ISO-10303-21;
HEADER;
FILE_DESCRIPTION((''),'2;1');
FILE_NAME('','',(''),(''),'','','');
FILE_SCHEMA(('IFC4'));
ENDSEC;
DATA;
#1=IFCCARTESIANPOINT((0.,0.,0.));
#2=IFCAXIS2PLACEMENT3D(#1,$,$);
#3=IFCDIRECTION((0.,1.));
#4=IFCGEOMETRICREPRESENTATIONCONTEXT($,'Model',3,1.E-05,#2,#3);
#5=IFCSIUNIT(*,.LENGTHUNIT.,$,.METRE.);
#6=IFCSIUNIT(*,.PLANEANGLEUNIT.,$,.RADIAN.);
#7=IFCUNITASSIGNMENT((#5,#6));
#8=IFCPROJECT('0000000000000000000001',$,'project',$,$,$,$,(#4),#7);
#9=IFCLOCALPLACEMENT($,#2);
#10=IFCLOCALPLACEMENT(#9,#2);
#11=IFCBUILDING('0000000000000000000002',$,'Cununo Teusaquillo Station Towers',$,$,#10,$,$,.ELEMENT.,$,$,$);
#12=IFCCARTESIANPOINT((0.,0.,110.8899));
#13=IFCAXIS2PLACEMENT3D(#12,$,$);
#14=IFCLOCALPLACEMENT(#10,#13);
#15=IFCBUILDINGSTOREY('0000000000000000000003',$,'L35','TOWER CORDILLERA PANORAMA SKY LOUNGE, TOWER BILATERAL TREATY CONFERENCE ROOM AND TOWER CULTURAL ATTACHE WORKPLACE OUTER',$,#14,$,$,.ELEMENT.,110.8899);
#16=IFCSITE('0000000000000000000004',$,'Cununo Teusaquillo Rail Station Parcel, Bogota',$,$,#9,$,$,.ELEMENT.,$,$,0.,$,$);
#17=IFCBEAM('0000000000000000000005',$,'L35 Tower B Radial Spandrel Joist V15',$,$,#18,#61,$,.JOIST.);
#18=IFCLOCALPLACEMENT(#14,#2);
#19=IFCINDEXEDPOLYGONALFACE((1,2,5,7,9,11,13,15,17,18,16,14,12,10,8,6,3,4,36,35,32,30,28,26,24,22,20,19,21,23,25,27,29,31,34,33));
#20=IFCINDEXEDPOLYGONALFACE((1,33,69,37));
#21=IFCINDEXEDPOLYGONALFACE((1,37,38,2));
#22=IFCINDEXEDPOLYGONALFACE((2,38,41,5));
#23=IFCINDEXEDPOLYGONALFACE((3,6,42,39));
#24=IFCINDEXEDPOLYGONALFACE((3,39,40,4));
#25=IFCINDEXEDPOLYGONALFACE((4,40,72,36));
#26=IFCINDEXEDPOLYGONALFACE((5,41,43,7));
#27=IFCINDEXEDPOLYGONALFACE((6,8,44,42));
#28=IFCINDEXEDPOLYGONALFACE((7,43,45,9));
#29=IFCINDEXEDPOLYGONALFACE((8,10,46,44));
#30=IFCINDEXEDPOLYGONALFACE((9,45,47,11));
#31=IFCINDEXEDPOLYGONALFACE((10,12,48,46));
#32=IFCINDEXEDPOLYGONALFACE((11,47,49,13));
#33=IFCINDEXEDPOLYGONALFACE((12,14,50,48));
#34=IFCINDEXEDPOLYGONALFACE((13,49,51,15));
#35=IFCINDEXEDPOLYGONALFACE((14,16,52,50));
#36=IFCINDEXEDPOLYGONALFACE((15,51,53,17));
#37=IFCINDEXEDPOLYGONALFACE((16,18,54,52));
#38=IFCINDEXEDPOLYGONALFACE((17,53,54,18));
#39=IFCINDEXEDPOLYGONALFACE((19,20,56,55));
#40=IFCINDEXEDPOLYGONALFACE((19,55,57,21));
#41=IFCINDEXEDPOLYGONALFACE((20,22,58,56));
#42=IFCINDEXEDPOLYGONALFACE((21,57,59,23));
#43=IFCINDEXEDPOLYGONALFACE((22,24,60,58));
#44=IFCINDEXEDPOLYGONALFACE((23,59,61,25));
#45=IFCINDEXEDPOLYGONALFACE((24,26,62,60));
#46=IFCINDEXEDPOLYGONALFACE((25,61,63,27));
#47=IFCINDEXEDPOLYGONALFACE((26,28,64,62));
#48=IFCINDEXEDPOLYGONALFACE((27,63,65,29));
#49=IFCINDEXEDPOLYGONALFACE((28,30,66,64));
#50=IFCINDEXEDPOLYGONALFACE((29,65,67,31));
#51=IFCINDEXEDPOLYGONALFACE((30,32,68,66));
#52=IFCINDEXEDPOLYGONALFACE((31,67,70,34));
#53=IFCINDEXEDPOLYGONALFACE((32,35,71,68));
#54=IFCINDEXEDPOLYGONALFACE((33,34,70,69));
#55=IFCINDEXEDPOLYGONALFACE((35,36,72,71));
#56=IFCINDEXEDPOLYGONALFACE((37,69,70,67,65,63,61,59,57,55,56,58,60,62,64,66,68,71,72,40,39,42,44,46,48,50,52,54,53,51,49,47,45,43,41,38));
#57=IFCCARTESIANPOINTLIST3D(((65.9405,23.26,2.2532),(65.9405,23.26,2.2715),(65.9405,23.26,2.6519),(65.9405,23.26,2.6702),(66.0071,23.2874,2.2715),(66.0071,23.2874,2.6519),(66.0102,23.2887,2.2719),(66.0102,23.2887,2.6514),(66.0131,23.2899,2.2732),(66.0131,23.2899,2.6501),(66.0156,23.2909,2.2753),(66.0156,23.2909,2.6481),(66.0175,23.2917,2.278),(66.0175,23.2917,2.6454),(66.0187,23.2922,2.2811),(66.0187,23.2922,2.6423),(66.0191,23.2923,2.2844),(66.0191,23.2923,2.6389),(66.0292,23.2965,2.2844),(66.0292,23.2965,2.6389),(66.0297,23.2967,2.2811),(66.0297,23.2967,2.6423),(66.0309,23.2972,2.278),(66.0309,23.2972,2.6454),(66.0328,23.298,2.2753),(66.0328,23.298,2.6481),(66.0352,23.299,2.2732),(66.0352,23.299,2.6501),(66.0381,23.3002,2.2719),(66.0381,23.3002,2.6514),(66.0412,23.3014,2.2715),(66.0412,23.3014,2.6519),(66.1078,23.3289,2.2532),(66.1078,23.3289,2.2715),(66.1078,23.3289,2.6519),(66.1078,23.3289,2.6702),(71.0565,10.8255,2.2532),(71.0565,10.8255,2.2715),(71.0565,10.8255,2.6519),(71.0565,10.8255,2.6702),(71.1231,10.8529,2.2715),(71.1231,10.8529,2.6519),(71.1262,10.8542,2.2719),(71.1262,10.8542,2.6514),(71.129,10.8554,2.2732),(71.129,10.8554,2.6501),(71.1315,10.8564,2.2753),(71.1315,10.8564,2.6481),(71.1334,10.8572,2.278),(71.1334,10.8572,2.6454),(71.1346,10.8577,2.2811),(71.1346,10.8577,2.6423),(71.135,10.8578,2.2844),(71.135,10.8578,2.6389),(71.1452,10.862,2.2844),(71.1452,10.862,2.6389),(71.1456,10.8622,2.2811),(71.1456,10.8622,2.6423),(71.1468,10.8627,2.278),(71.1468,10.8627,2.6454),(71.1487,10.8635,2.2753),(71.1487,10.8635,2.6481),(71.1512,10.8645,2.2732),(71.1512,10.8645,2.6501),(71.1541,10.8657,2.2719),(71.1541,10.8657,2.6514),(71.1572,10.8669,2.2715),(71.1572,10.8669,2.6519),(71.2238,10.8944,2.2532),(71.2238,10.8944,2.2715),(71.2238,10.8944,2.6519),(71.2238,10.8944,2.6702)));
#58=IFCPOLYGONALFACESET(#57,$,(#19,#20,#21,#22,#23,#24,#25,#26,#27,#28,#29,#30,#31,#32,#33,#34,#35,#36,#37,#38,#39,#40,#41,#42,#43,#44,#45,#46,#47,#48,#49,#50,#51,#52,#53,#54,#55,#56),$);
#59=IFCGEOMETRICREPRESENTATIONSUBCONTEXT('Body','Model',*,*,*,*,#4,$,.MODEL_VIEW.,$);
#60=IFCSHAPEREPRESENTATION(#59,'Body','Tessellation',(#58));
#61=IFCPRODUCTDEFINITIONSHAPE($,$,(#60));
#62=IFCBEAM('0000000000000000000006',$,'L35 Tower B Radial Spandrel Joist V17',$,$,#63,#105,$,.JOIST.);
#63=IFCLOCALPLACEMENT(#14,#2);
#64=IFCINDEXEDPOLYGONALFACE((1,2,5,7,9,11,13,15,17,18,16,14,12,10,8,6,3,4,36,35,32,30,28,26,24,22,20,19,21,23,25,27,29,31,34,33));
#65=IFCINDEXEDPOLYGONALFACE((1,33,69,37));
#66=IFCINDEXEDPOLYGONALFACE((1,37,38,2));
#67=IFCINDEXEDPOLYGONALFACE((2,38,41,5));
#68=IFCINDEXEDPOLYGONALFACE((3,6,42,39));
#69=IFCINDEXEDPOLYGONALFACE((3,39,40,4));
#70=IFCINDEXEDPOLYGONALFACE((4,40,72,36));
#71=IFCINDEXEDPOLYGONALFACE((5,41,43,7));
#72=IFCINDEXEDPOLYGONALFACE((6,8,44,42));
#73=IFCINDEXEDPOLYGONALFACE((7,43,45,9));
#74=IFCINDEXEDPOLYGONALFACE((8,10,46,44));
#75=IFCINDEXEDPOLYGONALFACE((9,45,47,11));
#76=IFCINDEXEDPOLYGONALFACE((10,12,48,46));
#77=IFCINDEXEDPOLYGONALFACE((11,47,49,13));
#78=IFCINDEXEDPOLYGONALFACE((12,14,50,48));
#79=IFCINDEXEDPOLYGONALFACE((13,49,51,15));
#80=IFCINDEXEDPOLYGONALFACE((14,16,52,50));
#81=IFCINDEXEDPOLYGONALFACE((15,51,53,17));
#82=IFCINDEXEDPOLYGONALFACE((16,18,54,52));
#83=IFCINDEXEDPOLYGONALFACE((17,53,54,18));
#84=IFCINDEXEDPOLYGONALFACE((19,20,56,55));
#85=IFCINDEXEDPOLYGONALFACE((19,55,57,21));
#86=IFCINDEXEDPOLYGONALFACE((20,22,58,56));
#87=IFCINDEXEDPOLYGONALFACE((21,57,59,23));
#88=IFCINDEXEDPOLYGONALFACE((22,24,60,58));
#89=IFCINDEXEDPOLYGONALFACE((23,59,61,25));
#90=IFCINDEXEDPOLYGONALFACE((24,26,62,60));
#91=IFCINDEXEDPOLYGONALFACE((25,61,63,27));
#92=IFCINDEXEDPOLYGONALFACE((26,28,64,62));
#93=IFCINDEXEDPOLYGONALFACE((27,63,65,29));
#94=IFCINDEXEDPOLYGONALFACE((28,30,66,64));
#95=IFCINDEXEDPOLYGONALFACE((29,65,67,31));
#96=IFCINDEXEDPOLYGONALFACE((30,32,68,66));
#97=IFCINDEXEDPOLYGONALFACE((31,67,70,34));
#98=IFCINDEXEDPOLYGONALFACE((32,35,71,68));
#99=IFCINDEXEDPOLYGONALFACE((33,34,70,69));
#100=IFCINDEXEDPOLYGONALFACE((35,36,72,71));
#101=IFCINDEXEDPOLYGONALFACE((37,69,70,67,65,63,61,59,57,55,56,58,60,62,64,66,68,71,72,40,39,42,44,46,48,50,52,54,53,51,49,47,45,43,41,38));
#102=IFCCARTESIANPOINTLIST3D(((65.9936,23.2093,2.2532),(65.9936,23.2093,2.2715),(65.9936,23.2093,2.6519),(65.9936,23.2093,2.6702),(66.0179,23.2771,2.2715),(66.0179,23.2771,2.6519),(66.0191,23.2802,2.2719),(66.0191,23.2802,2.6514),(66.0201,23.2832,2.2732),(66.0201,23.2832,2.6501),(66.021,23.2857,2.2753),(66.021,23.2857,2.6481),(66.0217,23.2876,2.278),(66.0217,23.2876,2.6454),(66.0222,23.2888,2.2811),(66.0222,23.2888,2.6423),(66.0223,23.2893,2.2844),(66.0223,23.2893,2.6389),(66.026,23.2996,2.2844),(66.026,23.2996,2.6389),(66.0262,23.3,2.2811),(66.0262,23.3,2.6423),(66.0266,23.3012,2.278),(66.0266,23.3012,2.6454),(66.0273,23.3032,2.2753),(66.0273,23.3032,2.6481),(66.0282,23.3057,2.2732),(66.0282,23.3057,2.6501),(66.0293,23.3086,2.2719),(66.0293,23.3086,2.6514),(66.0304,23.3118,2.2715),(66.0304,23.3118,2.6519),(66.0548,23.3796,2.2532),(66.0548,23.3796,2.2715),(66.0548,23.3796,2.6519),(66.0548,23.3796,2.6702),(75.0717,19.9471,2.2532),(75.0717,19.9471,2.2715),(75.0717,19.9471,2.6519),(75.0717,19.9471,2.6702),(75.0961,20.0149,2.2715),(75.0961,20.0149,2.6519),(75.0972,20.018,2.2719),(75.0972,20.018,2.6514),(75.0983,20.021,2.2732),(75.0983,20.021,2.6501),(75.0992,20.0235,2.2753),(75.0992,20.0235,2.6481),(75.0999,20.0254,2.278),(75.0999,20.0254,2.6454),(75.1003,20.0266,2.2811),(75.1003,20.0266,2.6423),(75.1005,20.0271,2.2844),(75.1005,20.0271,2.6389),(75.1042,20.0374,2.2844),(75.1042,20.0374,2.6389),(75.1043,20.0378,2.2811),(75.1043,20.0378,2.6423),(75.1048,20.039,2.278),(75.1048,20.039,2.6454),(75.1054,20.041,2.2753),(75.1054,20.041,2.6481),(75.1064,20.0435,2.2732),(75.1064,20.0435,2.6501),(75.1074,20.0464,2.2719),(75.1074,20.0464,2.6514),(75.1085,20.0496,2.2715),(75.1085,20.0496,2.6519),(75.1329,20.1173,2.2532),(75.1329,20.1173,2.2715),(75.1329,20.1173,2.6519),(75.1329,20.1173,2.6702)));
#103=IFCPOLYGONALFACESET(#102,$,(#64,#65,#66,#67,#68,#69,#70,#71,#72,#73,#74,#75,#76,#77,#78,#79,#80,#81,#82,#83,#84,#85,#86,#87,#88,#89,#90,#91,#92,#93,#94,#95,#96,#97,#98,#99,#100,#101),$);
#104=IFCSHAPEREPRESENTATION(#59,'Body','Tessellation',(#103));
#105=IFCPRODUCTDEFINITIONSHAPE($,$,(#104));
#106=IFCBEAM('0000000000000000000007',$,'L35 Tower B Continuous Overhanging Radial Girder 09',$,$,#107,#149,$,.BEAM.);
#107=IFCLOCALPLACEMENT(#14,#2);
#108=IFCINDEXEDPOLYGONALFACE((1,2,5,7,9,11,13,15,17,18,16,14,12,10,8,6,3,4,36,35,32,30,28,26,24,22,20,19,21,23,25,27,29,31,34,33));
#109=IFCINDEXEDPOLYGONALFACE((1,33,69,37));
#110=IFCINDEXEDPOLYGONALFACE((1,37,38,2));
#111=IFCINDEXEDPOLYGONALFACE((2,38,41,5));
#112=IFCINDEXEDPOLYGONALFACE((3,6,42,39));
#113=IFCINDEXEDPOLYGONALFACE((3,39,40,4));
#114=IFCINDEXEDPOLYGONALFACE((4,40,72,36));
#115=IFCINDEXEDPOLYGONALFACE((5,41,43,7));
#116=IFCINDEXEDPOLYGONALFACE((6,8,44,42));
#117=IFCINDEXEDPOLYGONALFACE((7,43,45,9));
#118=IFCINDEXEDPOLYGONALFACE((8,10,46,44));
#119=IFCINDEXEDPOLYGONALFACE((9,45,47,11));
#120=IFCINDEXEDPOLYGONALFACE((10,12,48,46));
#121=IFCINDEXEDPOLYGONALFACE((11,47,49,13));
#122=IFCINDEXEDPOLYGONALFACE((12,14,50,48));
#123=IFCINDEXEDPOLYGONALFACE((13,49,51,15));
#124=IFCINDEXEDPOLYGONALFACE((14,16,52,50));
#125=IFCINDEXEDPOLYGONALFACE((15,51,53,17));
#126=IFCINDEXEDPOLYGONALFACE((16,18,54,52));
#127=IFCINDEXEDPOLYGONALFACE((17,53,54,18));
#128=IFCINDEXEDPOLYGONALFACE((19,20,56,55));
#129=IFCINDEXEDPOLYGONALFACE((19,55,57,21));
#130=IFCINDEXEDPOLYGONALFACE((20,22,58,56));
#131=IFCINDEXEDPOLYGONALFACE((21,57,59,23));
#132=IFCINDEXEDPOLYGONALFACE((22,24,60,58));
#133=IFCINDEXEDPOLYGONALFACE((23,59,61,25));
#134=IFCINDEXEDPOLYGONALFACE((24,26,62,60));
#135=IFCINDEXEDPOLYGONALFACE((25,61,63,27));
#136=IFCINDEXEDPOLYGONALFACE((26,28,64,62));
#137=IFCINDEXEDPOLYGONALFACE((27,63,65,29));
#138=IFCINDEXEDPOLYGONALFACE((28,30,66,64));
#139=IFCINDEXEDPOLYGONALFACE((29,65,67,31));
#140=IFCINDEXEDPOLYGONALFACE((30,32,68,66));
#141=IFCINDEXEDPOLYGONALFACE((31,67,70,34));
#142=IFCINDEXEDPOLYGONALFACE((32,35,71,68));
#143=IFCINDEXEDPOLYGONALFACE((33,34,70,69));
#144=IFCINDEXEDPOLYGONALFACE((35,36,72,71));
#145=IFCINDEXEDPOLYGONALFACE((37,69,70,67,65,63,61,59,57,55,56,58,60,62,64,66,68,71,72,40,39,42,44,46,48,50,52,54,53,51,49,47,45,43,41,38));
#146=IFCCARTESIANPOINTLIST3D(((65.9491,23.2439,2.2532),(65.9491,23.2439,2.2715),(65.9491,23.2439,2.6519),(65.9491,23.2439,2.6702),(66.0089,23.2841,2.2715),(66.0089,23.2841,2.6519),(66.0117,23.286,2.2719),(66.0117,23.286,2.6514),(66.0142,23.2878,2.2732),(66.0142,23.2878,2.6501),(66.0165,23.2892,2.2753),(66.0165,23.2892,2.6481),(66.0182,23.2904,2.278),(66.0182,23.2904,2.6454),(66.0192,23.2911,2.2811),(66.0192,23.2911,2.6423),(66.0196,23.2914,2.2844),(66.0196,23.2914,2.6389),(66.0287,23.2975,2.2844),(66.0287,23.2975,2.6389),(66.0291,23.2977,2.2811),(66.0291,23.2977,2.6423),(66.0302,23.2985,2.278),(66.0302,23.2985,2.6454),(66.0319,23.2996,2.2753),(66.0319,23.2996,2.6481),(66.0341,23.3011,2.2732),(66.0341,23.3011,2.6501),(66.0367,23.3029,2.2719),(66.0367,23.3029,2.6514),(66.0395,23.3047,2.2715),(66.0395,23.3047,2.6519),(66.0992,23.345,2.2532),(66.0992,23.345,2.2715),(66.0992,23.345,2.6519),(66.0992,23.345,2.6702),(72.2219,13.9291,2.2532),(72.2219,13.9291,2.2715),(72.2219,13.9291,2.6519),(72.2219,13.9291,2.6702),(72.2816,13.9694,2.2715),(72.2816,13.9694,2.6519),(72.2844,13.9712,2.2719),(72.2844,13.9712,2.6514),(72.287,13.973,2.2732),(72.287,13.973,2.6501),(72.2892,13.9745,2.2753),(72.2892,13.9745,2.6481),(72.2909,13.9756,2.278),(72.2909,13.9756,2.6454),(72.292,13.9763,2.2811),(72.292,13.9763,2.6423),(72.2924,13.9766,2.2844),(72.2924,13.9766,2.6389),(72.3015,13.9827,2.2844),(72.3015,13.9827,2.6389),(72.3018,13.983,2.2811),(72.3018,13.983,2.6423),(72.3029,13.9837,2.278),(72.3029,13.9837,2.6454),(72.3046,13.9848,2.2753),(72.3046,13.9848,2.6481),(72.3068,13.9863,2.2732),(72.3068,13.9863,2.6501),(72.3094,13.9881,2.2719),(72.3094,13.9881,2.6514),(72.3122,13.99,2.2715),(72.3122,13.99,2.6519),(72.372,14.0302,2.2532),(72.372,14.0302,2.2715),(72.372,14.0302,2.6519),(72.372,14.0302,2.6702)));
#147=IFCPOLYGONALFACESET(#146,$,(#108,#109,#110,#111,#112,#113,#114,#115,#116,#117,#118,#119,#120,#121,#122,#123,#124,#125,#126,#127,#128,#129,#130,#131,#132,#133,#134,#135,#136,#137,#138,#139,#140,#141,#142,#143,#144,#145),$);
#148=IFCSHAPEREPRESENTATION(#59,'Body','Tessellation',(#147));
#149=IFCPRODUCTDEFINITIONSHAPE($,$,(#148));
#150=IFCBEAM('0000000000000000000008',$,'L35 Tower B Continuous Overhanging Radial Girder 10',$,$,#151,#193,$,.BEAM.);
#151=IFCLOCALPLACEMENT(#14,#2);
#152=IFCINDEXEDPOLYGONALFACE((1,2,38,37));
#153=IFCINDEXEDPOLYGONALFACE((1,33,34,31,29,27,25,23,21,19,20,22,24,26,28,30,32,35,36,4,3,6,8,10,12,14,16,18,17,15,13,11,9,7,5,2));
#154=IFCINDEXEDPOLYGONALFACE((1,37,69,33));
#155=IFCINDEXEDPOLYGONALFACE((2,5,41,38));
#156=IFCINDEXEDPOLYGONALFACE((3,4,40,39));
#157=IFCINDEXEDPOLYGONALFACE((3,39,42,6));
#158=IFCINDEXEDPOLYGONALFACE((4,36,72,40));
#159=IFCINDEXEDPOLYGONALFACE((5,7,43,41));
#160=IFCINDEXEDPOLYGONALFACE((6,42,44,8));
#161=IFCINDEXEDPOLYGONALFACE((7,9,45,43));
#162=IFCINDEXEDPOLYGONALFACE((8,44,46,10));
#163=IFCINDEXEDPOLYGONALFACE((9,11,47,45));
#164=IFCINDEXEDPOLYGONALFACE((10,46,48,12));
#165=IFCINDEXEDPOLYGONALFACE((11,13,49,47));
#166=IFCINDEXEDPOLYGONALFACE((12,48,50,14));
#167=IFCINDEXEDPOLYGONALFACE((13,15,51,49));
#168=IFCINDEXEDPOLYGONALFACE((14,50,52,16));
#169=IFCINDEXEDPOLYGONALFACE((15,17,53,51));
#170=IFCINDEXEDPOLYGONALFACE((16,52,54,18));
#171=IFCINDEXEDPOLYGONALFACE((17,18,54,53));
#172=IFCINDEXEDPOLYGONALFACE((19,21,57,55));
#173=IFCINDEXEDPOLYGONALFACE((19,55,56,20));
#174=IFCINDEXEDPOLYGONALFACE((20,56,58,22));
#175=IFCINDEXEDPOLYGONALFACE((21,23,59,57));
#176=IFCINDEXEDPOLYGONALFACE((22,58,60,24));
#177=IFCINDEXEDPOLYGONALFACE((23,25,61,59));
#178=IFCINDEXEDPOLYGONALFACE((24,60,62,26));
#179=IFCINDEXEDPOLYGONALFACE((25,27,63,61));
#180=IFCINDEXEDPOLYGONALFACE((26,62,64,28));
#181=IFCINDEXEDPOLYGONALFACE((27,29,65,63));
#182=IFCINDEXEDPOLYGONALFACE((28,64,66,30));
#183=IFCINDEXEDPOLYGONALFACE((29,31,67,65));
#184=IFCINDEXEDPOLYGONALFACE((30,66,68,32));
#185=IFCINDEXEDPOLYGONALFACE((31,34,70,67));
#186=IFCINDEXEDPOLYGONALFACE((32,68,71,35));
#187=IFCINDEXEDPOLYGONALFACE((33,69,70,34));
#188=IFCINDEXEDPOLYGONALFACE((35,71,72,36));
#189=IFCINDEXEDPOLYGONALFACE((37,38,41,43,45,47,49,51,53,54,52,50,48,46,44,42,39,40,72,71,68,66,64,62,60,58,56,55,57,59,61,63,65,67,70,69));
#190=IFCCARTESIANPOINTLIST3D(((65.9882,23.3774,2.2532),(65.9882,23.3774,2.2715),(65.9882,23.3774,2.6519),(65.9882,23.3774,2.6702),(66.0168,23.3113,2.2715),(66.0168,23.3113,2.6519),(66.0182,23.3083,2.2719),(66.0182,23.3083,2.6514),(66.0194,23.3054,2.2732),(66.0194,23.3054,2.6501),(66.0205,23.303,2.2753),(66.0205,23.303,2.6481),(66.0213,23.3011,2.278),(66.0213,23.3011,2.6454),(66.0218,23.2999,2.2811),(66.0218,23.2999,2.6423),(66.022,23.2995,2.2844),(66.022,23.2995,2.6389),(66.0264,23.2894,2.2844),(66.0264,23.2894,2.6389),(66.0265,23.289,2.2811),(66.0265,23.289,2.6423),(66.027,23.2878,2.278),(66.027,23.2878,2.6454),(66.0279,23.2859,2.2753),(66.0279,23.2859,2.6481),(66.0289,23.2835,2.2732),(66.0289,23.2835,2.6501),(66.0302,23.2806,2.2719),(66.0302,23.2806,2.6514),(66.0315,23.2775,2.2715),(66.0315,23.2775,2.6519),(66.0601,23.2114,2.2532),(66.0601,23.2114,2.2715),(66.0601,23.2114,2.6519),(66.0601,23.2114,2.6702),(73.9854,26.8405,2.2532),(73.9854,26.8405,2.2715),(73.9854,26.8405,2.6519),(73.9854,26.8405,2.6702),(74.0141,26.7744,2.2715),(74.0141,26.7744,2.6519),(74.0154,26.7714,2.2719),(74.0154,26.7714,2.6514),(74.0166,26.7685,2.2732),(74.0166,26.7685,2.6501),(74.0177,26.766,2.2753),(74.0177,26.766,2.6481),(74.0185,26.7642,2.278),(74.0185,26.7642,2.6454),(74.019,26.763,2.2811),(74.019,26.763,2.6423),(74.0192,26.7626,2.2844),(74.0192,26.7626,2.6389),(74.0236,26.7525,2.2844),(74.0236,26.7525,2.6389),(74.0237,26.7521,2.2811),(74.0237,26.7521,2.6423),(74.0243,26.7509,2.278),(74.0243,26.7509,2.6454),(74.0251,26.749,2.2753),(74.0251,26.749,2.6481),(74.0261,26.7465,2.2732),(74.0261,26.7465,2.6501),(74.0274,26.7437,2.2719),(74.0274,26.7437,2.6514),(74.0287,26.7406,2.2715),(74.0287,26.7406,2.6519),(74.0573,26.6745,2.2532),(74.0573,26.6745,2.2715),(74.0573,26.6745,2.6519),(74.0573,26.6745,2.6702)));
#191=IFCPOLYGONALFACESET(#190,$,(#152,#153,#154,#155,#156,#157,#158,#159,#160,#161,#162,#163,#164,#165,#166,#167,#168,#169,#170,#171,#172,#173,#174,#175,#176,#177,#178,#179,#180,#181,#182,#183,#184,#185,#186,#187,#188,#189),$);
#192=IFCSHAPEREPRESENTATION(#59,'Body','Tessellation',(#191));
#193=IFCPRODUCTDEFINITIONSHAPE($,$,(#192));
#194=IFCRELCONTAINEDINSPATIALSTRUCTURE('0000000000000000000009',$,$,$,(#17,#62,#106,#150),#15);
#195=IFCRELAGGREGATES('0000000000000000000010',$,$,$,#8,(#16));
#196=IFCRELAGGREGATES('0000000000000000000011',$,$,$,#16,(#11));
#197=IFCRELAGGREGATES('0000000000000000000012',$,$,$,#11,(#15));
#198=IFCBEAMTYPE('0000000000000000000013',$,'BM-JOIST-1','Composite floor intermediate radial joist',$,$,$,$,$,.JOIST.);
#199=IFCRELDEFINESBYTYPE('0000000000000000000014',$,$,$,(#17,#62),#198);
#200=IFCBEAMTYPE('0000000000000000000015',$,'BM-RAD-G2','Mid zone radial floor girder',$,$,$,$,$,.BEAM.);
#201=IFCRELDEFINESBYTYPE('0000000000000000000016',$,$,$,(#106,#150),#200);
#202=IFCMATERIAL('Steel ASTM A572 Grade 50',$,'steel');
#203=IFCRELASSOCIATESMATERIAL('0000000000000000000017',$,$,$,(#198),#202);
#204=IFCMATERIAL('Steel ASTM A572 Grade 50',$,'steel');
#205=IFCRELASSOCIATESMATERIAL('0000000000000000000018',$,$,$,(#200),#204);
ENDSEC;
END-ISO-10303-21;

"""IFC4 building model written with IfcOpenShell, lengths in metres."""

from ifc_helpers import new_model, si_unit, direction, frame, origin, origin_2d, place, context, subcontext, project, spatial, i_section, extrude, material, material_profile, profile_set, type_object, element, save


model = new_model("IFC4")

# Units and contexts
model_context = context("Model", 3, precision=1e-05, world=origin(), true_north=direction((0.0, 1.0)))
body_context = subcontext(model_context, "Body", "Model", "MODEL_VIEW")
ifc_project = project(units=[si_unit("LENGTHUNIT", "METRE"), si_unit("PLANEANGLEUNIT", "RADIAN")], contexts=[model_context])

# Site, building, storey
site_placement = place(None, origin())
site = spatial("IfcSite", under=ifc_project, at=site_placement, Name="Cununo Teusaquillo Rail Station Parcel, Bogota", CompositionType="ELEMENT", RefElevation=0.0)
building_placement = place(site_placement, origin())
building = spatial("IfcBuilding", under=site, at=building_placement, Name="Cununo Teusaquillo Station Towers", CompositionType="ELEMENT")
storey_placement = place(building_placement, frame((0.0, 0.0, 110.8899)))
storey = spatial("IfcBuildingStorey", under=building, at=storey_placement, Name="L35", Description="TOWER CORDILLERA PANORAMA SKY LOUNGE, TOWER BILATERAL TREATY CONFERENCE ROOM AND TOWER CULTURAL ATTACHE WORKPLACE OUTER", CompositionType="ELEMENT", Elevation=110.8899)

# Beams
ifc_material_1 = material(Name="Steel ASTM A572 Grade 50", Category="steel")
ifc_material_profile_1 = material_profile(ifc_material_1, i_section(OverallWidth=0.1809, OverallDepth=0.417, WebThickness=0.011, FlangeThickness=0.0183, FilletRadius=0.0129, at=origin_2d()), Name="W16X57")
ifc_profile_set_1 = profile_set([ifc_material_profile_1], Name="Steel ASTM A572 Grade 50")
beam_type_1 = type_object("IfcBeamType", Name="BM-JOIST-1", Description="Composite floor intermediate radial joist", PredefinedType="JOIST", material=ifc_profile_set_1)
beam_1_placement = place(storey_placement, frame((66.0242, 23.2944, 2.4617), z_axis=(0.380486, -0.924787, 0.0), x_axis=(0.924787, 0.380486, 0.0)))
element("IfcBeam", 1, at=beam_1_placement, inside=storey, type_object=beam_type_1, Name="L35 Tower B Radial Spandrel Joist V15", PredefinedType="JOIST", context=body_context, shape_type="SweptSolid", body=[
    extrude(i_section(OverallWidth=0.1809, OverallDepth=0.417, WebThickness=0.011, FlangeThickness=0.0183, FilletRadius=0.0129, at=origin_2d()), origin(), (0.0, 0.0, 1.0), 13.4458),
])
beam_2_placement = place(storey_placement, frame((66.0242, 23.2944, 2.4617), z_axis=(0.941083, -0.338176, 0.0), x_axis=(0.338176, 0.941083, 0.0)))
element("IfcBeam", 2, at=beam_2_placement, inside=storey, type_object=beam_type_1, Name="L35 Tower B Radial Spandrel Joist V17", PredefinedType="JOIST", context=body_context, shape_type="SweptSolid", body=[
    extrude(i_section(OverallWidth=0.1809, OverallDepth=0.417, WebThickness=0.011, FlangeThickness=0.0183, FilletRadius=0.0129, at=origin_2d()), origin(), (0.0, 0.0, 1.0), 9.6465),
])
ifc_material_2 = material(Name="Steel ASTM A572 Grade 50", Category="steel")
ifc_material_profile_2 = material_profile(ifc_material_2, i_section(OverallWidth=0.1809, OverallDepth=0.417, WebThickness=0.011, FlangeThickness=0.0183, FilletRadius=0.0129, at=origin_2d()), Name="W16X57")
ifc_profile_set_2 = profile_set([ifc_material_profile_2], Name="Steel ASTM A572 Grade 50")
beam_type_2 = type_object("IfcBeamType", Name="BM-RAD-G2", Description="Mid zone radial floor girder", PredefinedType="BEAM", material=ifc_profile_set_2)
beam_3_placement = place(storey_placement, frame((66.0242, 23.2944, 2.4617), z_axis=(0.558572, -0.829456, 0.0), x_axis=(0.829456, 0.558572, 0.0)))
element("IfcBeam", 3, at=beam_3_placement, inside=storey, type_object=beam_type_2, Name="L35 Tower B Continuous Overhanging Radial Girder 09", PredefinedType="BEAM", context=body_context, shape_type="SweptSolid", body=[
    extrude(i_section(OverallWidth=0.1809, OverallDepth=0.417, WebThickness=0.011, FlangeThickness=0.0183, FilletRadius=0.0129, at=origin_2d()), origin(), (0.0, 0.0, 1.0), 11.23),
])
beam_4_placement = place(storey_placement, frame((66.0242, 23.2944, 2.4617), z_axis=(0.917655, 0.397379, 0.0), x_axis=(-0.397379, 0.917655, 0.0)))
element("IfcBeam", 4, at=beam_4_placement, inside=storey, type_object=beam_type_2, Name="L35 Tower B Continuous Overhanging Radial Girder 10", PredefinedType="BEAM", context=body_context, shape_type="SweptSolid", body=[
    extrude(i_section(OverallWidth=0.1809, OverallDepth=0.417, WebThickness=0.011, FlangeThickness=0.0183, FilletRadius=0.0129, at=origin_2d()), origin(), (0.0, 0.0, 1.0), 8.7148),
])

save(model, "model.ifc")
